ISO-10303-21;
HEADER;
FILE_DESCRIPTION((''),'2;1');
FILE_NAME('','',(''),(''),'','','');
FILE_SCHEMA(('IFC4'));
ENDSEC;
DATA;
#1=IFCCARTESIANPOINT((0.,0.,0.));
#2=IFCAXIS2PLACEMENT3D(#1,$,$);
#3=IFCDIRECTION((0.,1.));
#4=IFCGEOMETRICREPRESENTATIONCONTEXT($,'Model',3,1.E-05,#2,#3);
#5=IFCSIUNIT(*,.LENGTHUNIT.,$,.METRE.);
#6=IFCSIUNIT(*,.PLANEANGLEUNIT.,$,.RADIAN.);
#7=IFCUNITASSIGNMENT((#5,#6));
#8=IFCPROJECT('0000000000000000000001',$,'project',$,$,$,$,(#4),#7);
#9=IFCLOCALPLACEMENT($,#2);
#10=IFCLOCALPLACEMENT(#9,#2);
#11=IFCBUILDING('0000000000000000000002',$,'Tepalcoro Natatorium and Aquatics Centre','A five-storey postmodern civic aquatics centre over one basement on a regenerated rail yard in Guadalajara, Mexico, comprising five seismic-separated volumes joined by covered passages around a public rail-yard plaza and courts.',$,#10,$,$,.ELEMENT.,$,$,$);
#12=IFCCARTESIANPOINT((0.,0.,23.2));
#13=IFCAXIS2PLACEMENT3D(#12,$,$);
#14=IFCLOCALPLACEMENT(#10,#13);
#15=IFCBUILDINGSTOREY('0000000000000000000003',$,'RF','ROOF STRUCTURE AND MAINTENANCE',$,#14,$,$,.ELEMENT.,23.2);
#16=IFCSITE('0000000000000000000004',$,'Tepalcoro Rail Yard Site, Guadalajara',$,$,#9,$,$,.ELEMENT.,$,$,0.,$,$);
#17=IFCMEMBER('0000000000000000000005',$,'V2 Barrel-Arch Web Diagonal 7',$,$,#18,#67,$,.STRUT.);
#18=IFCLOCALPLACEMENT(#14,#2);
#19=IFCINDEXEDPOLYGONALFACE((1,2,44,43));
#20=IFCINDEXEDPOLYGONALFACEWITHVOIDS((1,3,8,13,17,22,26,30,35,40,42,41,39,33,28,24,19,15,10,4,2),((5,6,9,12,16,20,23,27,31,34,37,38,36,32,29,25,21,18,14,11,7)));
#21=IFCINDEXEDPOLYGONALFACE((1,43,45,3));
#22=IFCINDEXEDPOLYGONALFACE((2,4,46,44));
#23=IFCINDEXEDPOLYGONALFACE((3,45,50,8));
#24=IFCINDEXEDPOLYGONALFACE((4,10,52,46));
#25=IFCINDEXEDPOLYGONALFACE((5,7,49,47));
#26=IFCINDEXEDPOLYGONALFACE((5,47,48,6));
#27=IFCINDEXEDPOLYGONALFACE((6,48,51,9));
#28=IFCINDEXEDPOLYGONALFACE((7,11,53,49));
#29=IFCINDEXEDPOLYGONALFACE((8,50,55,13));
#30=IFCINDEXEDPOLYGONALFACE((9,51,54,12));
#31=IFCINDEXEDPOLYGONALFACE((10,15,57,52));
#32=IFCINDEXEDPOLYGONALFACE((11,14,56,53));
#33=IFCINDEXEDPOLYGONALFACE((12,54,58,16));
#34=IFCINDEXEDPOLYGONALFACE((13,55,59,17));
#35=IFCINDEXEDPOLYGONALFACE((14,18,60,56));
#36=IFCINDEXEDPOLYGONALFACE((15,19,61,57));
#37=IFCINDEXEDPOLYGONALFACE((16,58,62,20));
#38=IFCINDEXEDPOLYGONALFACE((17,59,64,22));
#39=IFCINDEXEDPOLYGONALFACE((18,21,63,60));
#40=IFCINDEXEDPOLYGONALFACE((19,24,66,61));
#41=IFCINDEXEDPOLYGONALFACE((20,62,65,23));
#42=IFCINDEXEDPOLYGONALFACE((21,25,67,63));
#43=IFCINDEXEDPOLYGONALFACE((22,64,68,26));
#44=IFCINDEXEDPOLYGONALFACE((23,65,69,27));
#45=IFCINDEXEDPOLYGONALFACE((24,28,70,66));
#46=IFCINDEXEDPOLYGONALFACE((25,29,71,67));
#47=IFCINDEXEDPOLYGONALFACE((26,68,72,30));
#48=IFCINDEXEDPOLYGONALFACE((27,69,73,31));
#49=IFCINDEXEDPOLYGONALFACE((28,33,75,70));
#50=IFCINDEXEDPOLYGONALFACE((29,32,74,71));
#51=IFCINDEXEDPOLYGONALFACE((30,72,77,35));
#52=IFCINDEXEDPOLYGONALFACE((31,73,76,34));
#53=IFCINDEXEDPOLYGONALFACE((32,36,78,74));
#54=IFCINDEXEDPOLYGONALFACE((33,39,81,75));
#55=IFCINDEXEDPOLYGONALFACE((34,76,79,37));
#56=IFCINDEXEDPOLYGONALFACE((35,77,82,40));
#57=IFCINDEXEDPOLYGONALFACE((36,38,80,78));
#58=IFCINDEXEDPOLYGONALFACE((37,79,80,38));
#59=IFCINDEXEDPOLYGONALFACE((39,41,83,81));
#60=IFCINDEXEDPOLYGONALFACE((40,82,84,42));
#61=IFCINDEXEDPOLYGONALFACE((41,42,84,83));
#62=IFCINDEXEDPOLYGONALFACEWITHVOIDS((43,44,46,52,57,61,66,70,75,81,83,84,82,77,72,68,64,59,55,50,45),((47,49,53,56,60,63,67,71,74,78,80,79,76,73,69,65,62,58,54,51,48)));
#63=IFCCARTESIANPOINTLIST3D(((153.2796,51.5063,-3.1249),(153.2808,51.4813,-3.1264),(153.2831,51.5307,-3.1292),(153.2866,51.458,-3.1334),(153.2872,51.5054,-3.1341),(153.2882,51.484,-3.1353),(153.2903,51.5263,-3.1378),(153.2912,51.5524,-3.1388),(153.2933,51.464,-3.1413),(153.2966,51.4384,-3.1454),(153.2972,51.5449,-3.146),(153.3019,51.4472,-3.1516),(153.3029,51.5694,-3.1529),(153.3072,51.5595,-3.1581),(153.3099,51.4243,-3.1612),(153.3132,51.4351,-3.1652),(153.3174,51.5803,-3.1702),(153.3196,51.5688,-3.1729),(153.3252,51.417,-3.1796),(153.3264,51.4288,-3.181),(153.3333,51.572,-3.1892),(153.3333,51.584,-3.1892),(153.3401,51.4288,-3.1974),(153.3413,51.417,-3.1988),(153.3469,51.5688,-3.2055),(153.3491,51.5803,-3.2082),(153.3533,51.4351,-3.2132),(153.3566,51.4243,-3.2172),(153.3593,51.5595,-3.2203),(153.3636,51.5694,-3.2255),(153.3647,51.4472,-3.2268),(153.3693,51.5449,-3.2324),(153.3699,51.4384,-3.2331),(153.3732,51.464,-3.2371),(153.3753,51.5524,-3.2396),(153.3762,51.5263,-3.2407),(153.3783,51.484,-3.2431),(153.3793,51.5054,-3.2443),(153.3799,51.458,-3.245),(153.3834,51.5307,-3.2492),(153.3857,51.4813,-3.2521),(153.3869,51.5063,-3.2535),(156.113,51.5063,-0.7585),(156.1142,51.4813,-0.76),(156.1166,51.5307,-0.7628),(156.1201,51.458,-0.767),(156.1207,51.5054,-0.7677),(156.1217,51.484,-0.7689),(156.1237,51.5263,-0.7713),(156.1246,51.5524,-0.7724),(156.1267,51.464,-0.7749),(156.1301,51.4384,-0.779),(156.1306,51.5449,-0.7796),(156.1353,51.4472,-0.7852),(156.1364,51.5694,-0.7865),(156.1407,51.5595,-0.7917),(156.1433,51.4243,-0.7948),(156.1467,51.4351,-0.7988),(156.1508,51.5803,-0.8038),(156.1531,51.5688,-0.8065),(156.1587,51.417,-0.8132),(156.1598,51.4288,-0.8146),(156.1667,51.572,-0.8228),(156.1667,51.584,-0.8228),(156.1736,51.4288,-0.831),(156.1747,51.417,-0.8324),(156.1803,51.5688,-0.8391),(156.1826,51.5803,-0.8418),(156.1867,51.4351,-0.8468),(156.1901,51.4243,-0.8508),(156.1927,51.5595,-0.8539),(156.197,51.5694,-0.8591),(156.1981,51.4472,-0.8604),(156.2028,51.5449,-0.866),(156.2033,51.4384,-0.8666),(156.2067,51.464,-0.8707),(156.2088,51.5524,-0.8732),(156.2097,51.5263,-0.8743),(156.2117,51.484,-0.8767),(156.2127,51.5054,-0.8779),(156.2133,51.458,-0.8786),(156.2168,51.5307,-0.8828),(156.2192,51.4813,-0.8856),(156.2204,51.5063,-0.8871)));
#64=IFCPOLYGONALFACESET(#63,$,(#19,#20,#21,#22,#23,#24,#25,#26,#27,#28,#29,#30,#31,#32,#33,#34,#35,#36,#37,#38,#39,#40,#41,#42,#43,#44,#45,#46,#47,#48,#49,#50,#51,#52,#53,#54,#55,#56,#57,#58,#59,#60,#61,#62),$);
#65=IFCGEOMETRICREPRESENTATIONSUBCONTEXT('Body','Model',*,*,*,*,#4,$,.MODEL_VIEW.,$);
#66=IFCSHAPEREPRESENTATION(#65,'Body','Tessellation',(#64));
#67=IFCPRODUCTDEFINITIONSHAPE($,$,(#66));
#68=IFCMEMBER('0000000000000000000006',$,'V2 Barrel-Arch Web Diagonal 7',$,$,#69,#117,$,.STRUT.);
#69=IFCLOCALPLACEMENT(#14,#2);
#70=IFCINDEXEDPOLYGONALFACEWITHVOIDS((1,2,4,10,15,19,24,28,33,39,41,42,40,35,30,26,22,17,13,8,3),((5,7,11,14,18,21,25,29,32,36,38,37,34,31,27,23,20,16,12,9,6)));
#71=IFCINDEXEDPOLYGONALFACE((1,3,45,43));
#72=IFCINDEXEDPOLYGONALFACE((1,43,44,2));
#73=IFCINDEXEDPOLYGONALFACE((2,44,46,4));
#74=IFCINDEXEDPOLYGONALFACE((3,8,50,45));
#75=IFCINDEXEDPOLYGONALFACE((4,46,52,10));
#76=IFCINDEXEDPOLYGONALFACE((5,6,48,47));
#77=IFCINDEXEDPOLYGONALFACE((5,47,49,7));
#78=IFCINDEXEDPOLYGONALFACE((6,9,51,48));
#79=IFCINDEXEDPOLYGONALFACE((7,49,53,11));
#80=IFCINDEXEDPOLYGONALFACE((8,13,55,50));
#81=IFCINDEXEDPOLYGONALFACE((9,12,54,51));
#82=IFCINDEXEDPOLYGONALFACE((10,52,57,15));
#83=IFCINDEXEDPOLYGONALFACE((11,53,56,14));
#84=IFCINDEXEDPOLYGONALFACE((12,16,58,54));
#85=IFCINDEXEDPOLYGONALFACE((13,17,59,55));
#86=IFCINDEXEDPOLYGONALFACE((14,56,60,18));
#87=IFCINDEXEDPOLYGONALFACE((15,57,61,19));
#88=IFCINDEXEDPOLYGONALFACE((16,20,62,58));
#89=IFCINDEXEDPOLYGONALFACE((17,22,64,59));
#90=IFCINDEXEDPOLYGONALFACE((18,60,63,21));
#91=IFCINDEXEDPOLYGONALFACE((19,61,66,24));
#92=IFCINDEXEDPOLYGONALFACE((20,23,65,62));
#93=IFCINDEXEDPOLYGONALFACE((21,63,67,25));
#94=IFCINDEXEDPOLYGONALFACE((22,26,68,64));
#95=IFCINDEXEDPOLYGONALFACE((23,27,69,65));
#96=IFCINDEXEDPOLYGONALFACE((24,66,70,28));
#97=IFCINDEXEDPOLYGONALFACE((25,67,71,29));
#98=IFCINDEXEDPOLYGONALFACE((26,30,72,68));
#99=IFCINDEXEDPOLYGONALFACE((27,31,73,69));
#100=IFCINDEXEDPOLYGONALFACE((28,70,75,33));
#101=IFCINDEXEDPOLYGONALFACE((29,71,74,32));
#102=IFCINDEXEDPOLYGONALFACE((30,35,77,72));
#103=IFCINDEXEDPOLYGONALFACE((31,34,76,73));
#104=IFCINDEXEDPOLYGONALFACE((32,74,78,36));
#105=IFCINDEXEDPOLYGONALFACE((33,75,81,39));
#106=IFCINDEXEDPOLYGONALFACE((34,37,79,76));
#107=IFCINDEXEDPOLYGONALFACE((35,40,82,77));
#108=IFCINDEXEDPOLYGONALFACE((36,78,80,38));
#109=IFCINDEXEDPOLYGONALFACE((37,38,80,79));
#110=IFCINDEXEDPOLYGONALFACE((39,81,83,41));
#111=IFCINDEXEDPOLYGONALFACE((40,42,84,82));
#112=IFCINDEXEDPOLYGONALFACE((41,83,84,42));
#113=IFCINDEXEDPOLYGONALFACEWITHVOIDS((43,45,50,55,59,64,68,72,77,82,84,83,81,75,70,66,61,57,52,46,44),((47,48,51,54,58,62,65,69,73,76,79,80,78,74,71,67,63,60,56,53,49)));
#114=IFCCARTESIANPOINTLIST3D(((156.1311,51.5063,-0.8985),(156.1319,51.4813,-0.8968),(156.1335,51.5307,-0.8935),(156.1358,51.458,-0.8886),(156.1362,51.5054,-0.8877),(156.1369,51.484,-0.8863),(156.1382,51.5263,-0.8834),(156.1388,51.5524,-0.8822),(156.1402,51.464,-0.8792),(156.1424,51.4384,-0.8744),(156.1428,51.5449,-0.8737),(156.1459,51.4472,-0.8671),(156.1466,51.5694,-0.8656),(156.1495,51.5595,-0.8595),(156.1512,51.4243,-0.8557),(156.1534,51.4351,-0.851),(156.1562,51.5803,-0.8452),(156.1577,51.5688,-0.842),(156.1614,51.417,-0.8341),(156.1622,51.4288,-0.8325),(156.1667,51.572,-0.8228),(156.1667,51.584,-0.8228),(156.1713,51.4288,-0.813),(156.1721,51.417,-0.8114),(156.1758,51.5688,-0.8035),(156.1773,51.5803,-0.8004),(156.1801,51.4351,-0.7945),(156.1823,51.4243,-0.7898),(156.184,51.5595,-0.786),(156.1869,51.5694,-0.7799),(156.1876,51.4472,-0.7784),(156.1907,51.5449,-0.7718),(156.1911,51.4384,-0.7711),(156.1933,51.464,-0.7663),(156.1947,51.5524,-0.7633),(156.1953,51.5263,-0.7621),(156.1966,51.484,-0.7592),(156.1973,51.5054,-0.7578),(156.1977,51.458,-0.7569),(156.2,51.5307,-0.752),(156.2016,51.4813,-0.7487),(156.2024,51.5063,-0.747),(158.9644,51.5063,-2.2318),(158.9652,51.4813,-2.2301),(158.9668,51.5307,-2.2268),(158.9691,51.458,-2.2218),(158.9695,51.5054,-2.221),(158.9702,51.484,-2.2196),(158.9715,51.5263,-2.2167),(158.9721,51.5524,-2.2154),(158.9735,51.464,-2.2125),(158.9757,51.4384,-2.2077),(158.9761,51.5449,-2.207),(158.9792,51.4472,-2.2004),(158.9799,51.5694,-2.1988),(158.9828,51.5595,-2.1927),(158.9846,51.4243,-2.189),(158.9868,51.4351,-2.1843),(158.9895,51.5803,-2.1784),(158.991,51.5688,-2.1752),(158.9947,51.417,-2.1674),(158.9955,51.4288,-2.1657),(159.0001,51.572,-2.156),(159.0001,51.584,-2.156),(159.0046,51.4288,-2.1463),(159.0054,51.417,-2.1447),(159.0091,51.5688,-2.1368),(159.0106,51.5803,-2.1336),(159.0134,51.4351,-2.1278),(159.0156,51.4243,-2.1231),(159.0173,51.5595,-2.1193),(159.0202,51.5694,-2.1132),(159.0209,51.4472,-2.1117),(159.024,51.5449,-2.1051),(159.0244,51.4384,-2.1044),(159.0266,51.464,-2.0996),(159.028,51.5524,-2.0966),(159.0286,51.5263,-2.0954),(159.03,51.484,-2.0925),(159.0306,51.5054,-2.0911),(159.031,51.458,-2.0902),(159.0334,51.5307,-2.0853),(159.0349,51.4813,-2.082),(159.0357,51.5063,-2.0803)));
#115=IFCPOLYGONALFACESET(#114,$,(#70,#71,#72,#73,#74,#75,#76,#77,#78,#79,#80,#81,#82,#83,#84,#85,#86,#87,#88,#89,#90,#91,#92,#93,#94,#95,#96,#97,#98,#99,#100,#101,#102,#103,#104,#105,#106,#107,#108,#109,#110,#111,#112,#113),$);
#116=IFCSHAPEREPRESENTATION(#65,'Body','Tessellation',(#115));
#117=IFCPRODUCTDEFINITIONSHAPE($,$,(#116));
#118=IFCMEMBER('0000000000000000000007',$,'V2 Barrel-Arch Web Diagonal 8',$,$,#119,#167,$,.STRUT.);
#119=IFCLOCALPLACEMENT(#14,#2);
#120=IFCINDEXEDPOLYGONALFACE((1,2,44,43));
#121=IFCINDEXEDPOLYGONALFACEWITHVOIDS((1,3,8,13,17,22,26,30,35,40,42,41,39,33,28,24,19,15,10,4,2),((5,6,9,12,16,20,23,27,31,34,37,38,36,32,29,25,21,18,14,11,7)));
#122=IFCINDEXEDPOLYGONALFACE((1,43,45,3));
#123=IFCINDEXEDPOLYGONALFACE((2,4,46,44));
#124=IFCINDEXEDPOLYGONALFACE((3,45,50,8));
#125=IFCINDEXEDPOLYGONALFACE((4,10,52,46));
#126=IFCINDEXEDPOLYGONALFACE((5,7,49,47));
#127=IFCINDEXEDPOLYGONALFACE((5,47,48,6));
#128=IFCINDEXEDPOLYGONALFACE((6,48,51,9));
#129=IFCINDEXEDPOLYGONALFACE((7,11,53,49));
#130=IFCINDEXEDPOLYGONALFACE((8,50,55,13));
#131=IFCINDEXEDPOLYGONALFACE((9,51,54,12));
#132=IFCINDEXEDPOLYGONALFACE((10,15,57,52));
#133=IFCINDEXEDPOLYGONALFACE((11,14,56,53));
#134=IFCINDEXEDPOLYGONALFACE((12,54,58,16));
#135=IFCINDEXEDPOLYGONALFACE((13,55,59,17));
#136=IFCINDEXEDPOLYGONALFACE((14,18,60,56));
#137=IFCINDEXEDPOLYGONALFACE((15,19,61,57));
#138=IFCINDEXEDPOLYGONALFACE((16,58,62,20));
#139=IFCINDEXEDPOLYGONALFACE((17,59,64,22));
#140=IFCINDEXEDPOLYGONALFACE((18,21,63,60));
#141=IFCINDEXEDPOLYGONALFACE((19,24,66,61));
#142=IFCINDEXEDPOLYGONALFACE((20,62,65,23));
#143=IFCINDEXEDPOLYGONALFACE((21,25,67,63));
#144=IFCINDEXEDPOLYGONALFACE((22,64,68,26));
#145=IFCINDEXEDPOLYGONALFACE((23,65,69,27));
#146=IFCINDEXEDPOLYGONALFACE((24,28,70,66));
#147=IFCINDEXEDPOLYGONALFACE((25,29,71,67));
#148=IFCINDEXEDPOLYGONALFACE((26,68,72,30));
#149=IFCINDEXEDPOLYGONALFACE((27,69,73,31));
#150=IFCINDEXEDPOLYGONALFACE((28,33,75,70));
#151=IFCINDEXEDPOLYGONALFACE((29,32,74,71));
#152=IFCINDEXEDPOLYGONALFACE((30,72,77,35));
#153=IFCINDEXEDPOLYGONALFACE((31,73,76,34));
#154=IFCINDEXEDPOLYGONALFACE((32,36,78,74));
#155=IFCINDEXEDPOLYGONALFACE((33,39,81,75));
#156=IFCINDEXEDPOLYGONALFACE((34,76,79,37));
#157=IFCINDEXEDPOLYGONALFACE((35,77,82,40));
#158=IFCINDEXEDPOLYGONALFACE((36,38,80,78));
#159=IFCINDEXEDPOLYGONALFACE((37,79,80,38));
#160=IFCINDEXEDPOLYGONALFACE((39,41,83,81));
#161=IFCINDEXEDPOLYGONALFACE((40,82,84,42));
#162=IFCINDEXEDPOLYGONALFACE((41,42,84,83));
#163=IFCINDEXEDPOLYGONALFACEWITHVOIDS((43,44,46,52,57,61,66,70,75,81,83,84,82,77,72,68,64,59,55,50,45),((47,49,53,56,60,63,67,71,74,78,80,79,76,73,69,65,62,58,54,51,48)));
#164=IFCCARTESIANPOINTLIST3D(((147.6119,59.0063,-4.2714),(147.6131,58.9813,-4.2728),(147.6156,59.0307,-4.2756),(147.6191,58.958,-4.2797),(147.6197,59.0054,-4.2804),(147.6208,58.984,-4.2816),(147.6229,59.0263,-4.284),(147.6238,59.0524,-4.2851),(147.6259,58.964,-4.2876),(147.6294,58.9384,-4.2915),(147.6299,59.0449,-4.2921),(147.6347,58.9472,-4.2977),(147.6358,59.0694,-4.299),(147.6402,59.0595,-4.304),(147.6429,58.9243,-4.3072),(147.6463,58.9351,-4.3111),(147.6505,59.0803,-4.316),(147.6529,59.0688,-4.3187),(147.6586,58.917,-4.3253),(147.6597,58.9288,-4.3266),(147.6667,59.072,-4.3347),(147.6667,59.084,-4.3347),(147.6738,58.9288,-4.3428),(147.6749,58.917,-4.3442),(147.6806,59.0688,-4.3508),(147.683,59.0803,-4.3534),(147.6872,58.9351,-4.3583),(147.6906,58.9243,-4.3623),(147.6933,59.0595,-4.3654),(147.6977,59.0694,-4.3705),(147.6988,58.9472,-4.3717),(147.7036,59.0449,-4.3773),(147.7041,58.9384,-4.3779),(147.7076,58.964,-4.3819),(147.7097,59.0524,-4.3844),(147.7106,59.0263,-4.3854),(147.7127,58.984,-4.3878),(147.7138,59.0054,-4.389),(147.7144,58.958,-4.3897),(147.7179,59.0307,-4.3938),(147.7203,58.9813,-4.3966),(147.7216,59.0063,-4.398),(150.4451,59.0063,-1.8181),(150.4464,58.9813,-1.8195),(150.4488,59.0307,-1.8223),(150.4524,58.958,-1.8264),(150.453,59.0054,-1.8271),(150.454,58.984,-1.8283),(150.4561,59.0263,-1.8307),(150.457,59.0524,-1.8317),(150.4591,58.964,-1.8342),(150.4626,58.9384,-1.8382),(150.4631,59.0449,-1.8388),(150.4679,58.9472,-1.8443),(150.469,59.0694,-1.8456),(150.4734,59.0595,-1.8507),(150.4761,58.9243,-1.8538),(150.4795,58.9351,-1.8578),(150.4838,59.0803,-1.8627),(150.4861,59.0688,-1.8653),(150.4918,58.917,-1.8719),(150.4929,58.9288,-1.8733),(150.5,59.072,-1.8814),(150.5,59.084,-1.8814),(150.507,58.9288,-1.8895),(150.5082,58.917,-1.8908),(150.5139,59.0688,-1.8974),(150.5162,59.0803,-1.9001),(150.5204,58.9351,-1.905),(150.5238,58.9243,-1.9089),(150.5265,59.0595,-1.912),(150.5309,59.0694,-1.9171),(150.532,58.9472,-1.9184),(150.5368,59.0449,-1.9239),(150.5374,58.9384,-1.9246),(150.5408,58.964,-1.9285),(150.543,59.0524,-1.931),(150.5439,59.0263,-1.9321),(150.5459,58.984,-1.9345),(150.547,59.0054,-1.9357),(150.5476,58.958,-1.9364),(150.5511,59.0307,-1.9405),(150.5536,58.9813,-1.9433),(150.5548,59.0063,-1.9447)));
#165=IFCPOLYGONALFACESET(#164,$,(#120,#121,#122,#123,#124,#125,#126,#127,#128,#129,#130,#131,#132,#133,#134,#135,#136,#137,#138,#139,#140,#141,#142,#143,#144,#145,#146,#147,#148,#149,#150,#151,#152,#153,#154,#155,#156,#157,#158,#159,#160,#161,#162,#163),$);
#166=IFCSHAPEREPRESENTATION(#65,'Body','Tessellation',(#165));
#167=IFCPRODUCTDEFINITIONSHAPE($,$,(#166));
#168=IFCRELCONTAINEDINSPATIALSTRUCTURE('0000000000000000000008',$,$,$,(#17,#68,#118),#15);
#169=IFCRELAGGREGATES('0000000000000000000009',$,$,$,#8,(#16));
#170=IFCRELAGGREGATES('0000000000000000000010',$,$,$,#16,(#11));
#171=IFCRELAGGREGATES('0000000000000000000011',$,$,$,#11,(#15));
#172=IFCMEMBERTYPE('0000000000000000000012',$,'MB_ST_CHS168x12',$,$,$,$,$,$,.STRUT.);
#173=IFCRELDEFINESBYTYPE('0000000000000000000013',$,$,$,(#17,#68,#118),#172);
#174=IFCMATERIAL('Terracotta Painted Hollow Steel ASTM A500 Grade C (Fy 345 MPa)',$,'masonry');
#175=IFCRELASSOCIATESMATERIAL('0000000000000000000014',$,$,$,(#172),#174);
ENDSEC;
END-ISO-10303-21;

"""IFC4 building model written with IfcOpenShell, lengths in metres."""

from ifc_helpers import new_model, si_unit, direction, frame, origin, origin_2d, place, context, subcontext, project, spatial, hollow_circle, extrude, material, material_profile, profile_set, type_object, element, save


model = new_model("IFC4")

# Units and contexts
model_context = context("Model", 3, precision=1e-05, world=origin(), true_north=direction((0.0, 1.0)))
body_context = subcontext(model_context, "Body", "Model", "MODEL_VIEW")
ifc_project = project(units=[si_unit("LENGTHUNIT", "METRE"), si_unit("PLANEANGLEUNIT", "RADIAN")], contexts=[model_context])

# Site, building, storey
site_placement = place(None, origin())
site = spatial("IfcSite", under=ifc_project, at=site_placement, Name="Tepalcoro Rail Yard Site, Guadalajara", CompositionType="ELEMENT", RefElevation=0.0)
building_placement = place(site_placement, origin())
building = spatial("IfcBuilding", under=site, at=building_placement, Name="Tepalcoro Natatorium and Aquatics Centre", Description="A five-storey postmodern civic aquatics centre over one basement on a regenerated rail yard in Guadalajara, Mexico, comprising five seismic-separated volumes joined by covered passages around a public rail-yard plaza and courts.", CompositionType="ELEMENT")
storey_placement = place(building_placement, frame((0.0, 0.0, 23.2)))
storey = spatial("IfcBuildingStorey", under=building, at=storey_placement, Name="RF", Description="ROOF STRUCTURE AND MAINTENANCE", CompositionType="ELEMENT", Elevation=23.2)

# Shared definitions
ifc_material_1 = material(Name="Terracotta Painted Hollow Steel ASTM A500 Grade C (Fy 345 MPa)", Category="masonry")

# Members
ifc_material_profile_1 = material_profile(ifc_material_1, hollow_circle(Radius=0.084, WallThickness=0.012, at=origin_2d()), Name="CHS168X12")
ifc_profile_set_1 = profile_set([ifc_material_profile_1], Name="Terracotta Painted Hollow Steel ASTM A500 Grade C (Fy 345 MPa)")
member_type_1 = type_object("IfcMemberType", Name="MB_ST_CHS168x12", PredefinedType="STRUT", material=ifc_profile_set_1)
member_1_placement = place(storey_placement, frame((153.3333, 51.5, -3.1892), z_axis=(0.767527, 0.0, 0.641017), x_axis=(0.0, 1.0, 0.0)))
element("IfcMember", 1, at=member_1_placement, inside=storey, type_object=member_type_1, Name="V2 Barrel-Arch Web Diagonal 7", PredefinedType="STRUT", context=body_context, shape_type="SweptSolid", body=[
    extrude(hollow_circle(Radius=0.084, WallThickness=0.012, at=origin_2d()), origin(), (0.0, 0.0, 1.0), 3.6917),
])
member_2_placement = place(storey_placement, frame((156.1667, 51.5, -0.8228), z_axis=(0.904824, 0.0, -0.425786), x_axis=(0.0, 1.0, 0.0)))
element("IfcMember", 2, at=member_2_placement, inside=storey, type_object=member_type_1, Name="V2 Barrel-Arch Web Diagonal 7", PredefinedType="STRUT", context=body_context, shape_type="SweptSolid", body=[
    extrude(hollow_circle(Radius=0.084, WallThickness=0.012, at=origin_2d()), origin(), (0.0, 0.0, 1.0), 3.1313),
])
member_3_placement = place(storey_placement, frame((147.6667, 59.0, -4.3347), z_axis=(0.755968, 0.0, 0.654608), x_axis=(0.0, 1.0, 0.0)))
element("IfcMember", 3, at=member_3_placement, inside=storey, type_object=member_type_1, Name="V2 Barrel-Arch Web Diagonal 8", PredefinedType="STRUT", context=body_context, shape_type="SweptSolid", body=[
    extrude(hollow_circle(Radius=0.084, WallThickness=0.012, at=origin_2d()), origin(), (0.0, 0.0, 1.0), 3.7478),
])

save(model, "model.ifc")
